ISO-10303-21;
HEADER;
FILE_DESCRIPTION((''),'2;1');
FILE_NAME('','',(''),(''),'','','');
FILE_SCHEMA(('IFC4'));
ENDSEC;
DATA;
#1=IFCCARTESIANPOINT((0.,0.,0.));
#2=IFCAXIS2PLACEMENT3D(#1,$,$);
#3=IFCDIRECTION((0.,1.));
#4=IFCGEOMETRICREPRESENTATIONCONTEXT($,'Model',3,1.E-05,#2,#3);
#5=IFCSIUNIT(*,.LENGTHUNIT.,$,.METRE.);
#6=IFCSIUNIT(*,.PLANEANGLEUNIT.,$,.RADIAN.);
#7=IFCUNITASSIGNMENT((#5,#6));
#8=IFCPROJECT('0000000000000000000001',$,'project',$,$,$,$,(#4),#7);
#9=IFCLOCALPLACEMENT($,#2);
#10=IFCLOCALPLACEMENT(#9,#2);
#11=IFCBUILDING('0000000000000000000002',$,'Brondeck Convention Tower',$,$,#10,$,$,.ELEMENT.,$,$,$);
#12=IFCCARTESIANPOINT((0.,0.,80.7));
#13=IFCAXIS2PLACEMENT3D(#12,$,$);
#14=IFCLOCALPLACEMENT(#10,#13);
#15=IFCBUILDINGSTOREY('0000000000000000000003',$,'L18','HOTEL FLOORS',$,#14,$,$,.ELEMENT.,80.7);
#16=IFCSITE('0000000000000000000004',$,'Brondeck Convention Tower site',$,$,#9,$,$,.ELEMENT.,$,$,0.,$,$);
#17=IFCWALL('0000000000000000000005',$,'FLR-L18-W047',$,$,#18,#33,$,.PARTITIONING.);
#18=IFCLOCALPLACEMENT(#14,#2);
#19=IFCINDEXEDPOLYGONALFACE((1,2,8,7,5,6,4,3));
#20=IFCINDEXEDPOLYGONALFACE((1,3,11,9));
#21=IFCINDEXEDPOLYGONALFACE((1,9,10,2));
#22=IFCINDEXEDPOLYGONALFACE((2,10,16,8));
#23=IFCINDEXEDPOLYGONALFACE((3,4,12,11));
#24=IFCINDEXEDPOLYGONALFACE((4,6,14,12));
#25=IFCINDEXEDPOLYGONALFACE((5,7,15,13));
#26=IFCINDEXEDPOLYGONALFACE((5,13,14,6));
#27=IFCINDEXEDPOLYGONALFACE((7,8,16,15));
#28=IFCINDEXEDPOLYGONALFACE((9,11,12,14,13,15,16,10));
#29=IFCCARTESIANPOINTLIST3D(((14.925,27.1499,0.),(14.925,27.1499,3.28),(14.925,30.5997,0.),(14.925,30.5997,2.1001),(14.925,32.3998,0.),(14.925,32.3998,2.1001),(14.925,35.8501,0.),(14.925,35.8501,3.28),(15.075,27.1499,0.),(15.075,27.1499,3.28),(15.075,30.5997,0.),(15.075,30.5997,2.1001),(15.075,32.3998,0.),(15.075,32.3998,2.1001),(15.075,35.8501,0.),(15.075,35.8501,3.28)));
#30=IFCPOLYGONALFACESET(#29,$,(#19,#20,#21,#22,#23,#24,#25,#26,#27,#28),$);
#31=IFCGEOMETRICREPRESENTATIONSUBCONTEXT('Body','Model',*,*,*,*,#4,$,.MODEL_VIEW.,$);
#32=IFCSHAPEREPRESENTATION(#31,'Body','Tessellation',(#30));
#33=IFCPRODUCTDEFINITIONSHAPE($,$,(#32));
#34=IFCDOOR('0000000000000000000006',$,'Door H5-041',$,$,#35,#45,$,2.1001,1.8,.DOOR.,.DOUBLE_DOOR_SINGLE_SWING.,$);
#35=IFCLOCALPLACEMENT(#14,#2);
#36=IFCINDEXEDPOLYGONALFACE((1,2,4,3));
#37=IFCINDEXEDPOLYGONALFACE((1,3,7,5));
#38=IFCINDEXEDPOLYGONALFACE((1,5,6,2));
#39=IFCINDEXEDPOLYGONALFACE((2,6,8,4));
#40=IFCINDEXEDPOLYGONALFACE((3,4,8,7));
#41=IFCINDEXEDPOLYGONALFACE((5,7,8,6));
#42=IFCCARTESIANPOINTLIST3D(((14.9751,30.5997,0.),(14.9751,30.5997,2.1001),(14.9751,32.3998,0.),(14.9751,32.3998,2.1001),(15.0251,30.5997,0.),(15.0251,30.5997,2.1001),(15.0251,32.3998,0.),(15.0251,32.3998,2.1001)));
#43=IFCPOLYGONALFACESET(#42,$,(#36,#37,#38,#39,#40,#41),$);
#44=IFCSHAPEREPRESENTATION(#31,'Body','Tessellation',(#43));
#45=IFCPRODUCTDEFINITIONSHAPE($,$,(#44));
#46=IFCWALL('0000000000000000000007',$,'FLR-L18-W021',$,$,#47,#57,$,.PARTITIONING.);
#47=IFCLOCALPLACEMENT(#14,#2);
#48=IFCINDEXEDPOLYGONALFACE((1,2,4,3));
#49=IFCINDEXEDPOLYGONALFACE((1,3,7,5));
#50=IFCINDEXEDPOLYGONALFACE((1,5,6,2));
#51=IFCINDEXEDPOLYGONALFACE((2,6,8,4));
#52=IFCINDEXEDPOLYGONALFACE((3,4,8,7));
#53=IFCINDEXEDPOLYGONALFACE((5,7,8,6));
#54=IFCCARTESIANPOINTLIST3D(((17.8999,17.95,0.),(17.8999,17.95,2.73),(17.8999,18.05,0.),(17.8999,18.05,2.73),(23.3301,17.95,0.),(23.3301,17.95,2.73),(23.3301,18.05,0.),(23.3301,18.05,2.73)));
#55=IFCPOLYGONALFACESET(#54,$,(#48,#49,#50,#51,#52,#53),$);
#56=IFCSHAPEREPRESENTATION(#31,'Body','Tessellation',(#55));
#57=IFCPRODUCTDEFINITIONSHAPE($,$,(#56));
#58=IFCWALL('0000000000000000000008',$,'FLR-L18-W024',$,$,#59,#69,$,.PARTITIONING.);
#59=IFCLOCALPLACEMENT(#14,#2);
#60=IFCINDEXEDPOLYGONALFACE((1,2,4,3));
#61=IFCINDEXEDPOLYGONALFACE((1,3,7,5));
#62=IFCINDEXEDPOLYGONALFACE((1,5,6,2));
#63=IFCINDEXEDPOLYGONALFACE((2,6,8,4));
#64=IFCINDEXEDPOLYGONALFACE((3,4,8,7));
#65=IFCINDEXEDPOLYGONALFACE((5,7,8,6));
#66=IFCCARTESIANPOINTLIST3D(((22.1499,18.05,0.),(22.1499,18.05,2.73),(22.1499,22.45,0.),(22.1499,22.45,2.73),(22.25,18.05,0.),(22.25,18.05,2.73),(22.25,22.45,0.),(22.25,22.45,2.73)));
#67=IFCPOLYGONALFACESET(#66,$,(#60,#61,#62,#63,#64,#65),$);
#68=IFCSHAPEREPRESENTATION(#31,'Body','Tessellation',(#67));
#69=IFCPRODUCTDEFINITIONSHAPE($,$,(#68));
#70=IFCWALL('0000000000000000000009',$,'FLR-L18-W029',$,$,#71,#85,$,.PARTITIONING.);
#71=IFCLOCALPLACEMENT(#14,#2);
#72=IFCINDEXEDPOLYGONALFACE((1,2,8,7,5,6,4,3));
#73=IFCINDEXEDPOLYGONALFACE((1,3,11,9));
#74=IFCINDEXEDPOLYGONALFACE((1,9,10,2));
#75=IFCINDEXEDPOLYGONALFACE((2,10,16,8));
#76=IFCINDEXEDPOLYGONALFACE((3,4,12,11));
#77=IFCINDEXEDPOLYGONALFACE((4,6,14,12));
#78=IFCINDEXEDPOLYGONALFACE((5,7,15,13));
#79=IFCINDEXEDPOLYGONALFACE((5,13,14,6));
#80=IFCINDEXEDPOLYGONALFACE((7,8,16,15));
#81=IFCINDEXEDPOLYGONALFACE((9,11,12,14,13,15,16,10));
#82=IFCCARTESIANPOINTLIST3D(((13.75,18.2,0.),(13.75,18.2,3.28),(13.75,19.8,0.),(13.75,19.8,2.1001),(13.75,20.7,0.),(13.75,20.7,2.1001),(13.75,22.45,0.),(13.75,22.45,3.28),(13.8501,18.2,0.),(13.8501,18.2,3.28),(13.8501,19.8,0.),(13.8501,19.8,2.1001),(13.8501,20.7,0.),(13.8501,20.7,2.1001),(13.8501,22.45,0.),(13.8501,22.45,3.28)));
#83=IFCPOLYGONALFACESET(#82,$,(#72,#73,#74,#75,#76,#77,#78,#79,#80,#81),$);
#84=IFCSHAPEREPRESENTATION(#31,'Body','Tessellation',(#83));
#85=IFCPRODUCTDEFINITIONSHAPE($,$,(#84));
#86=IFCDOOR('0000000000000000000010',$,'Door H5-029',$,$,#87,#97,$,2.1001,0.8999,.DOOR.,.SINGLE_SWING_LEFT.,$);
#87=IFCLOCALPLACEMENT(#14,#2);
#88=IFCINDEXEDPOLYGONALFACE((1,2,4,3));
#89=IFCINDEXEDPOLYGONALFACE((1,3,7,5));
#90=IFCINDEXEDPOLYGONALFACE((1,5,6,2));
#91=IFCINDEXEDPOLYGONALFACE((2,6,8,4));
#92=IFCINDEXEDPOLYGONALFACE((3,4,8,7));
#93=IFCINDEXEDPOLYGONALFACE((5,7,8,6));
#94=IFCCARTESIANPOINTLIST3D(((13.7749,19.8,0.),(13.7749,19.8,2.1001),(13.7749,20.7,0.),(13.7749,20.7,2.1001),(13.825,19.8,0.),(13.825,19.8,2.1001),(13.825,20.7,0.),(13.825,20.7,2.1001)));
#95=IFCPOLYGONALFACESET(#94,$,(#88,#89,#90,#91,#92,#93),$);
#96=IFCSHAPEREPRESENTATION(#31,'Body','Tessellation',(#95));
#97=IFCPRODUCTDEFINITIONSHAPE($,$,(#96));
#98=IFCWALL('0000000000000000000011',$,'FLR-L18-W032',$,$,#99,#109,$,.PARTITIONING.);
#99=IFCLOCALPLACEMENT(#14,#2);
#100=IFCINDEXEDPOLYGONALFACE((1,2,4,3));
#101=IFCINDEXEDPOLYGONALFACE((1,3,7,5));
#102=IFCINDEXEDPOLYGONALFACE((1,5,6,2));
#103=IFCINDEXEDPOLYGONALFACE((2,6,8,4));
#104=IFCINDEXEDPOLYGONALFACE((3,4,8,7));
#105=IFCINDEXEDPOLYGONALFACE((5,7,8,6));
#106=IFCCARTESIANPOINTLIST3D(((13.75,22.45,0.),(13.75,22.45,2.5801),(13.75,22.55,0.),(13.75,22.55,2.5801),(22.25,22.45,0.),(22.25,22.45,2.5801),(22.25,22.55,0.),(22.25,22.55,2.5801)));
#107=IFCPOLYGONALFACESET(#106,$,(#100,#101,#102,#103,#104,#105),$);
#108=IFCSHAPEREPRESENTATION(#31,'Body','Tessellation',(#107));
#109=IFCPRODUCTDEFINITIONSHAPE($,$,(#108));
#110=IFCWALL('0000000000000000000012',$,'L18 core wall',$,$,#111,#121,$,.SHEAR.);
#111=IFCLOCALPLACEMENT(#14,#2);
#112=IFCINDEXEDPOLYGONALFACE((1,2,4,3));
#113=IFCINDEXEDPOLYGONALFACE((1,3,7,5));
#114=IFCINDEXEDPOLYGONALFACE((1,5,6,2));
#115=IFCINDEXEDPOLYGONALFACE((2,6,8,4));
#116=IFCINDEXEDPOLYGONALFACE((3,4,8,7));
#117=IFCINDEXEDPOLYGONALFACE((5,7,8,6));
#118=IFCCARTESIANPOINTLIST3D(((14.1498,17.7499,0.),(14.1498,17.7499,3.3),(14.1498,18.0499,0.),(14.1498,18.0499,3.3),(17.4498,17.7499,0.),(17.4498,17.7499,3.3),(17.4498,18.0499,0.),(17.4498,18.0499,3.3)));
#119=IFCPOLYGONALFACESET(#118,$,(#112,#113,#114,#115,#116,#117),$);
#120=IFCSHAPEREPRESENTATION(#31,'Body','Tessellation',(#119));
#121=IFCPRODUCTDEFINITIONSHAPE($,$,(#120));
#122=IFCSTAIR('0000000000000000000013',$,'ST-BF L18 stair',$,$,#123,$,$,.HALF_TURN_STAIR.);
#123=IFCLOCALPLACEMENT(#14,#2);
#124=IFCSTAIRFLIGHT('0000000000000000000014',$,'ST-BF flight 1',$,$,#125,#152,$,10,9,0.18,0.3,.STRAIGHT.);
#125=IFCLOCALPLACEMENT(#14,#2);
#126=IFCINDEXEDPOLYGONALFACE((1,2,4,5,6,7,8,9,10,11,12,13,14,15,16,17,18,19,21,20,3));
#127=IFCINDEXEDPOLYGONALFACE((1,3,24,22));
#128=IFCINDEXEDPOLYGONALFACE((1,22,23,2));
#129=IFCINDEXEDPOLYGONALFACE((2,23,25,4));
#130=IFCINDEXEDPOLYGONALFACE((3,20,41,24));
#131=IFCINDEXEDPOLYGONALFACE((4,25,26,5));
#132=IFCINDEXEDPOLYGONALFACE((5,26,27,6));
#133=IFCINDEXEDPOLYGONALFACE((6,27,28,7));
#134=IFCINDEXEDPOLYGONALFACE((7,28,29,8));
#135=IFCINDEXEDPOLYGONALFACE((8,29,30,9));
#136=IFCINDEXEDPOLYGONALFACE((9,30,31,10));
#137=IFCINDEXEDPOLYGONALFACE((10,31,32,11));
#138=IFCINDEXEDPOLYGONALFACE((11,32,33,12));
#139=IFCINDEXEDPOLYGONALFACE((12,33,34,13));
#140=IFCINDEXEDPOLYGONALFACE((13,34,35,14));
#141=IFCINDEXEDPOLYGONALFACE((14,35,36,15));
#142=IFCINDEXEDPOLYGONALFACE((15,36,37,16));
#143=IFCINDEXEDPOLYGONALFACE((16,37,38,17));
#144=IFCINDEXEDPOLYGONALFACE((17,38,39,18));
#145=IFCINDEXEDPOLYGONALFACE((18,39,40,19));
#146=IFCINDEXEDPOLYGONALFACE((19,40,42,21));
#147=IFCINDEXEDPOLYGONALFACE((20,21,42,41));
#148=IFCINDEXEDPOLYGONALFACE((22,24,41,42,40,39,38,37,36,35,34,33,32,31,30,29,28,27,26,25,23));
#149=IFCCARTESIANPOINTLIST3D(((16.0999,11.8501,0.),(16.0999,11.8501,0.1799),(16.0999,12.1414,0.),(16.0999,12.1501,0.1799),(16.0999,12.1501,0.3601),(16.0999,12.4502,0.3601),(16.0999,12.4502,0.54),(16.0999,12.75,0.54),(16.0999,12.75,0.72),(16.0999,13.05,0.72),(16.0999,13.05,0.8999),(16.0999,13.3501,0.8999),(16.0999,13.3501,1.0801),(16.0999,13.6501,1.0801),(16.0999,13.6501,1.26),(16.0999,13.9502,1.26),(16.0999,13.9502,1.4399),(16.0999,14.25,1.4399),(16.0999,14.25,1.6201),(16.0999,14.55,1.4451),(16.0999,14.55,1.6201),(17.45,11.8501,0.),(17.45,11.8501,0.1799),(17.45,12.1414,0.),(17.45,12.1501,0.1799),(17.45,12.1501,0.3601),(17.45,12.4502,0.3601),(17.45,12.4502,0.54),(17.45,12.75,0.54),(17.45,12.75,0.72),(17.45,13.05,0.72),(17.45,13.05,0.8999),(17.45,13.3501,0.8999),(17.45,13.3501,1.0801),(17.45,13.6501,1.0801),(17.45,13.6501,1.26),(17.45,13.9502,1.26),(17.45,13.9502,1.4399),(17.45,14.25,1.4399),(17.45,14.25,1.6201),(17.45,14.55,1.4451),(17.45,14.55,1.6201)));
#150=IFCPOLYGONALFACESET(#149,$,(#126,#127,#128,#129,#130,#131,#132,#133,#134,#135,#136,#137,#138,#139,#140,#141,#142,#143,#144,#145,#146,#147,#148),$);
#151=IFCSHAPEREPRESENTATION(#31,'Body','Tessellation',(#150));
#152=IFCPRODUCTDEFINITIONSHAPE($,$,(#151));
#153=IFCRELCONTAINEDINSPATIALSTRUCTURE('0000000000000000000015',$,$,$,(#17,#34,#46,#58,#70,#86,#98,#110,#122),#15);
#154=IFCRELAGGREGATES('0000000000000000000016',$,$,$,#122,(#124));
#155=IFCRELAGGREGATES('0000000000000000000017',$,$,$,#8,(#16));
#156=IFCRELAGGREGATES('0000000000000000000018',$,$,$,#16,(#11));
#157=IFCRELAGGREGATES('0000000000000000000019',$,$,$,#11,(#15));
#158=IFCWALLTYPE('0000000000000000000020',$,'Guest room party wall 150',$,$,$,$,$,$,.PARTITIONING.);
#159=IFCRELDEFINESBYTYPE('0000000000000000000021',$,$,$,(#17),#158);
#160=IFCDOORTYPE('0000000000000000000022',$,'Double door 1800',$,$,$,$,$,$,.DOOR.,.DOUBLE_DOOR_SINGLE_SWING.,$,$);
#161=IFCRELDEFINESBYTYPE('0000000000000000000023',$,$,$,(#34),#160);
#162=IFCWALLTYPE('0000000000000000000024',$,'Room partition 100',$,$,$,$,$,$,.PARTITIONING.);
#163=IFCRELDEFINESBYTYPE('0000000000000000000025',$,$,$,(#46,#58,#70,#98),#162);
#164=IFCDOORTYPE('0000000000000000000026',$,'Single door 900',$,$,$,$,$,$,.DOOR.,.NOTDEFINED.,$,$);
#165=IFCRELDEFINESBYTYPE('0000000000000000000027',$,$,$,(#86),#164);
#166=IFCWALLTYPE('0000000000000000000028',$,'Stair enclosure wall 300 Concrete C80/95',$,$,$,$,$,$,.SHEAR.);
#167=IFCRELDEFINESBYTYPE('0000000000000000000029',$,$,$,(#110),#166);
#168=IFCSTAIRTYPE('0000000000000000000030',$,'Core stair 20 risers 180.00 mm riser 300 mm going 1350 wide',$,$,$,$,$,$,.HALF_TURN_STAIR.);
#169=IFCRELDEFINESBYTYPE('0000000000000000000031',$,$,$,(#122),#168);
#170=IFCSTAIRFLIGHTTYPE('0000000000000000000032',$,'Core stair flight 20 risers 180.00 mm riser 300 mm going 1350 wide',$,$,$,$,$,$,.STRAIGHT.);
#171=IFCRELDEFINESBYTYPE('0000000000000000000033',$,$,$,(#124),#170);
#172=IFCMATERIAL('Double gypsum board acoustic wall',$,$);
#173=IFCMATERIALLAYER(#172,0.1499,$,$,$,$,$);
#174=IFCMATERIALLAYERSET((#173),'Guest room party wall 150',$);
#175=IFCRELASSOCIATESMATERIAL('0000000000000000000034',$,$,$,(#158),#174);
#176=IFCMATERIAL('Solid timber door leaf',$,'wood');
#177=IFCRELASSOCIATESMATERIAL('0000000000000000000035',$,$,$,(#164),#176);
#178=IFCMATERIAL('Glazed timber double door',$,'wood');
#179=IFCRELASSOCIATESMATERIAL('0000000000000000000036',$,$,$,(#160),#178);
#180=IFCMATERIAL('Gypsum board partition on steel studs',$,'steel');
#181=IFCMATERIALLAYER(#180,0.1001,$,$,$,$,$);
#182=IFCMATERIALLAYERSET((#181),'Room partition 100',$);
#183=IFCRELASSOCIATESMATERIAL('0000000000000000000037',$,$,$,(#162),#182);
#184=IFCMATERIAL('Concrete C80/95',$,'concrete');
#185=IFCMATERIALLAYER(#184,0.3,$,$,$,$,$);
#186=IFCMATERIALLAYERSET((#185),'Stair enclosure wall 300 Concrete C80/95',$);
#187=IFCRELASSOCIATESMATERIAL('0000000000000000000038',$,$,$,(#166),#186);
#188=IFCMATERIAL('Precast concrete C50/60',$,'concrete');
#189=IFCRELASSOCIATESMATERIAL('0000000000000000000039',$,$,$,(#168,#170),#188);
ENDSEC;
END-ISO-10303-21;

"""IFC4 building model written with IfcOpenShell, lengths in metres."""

from ifc_helpers import new_model, si_unit, direction, frame, frame_2d, origin, place, context, subcontext, project, spatial, polyline, rectangle, outline, extrude, material, layer, layer_set, type_object, element, fill, aggregate, save


model = new_model("IFC4")

# Units and contexts
model_context = context("Model", 3, precision=1e-05, world=origin(), true_north=direction((0.0, 1.0)))
body_context = subcontext(model_context, "Body", "Model", "MODEL_VIEW")
ifc_project = project(units=[si_unit("LENGTHUNIT", "METRE"), si_unit("PLANEANGLEUNIT", "RADIAN")], contexts=[model_context])

# Site, building, storey
site_placement = place(None, origin())
site = spatial("IfcSite", under=ifc_project, at=site_placement, Name="Brondeck Convention Tower site", CompositionType="ELEMENT", RefElevation=0.0)
building_placement = place(site_placement, origin())
building = spatial("IfcBuilding", under=site, at=building_placement, Name="Brondeck Convention Tower", CompositionType="ELEMENT")
storey_placement = place(building_placement, frame((0.0, 0.0, 80.7)))
storey = spatial("IfcBuildingStorey", under=building, at=storey_placement, Name="L18", Description="HOTEL FLOORS", CompositionType="ELEMENT", Elevation=80.7)

# Shared definitions
ifc_material_1 = material(Name="Concrete C80/95", Category="concrete")

# Shared definitions
ifc_material_2 = material(Name="Double gypsum board acoustic wall")
ifc_layer_1 = layer(ifc_material_2, 0.1499)
ifc_layer_set_1 = layer_set([ifc_layer_1], Name="Guest room party wall 150")
wall_type_1 = type_object("IfcWallType", Name="Guest room party wall 150", PredefinedType="PARTITIONING", material=ifc_layer_set_1)
ifc_material_3 = material(Name="Solid timber door leaf", Category="wood")
door_type_1 = type_object("IfcDoorType", Name="Single door 900", OperationType="NOTDEFINED", PredefinedType="DOOR", material=ifc_material_3)

# Wall, opening, door
wall_1_placement = place(storey_placement, frame((15.0, 27.1499, 0.0), z_axis=(0.0, 0.0, 1.0), x_axis=(0.0, 1.0, 0.0)))
wall_1 = element("IfcWall", 1, at=wall_1_placement, inside=storey, type_object=wall_type_1, Name="FLR-L18-W047", PredefinedType="PARTITIONING", context=body_context, shape_type="SweptSolid", body=[
    extrude(rectangle(XDim=8.7002, YDim=0.1499, at=frame_2d((4.3501, 0.0))), origin(), (0.0, 0.0, 1.0), 3.28),
])
opening_1_placement = place(wall_1_placement, frame((3.45, 0.0, 0.0)))
opening_1 = element("IfcOpeningElement", 2, at=opening_1_placement, cuts=wall_1, PredefinedType="OPENING", context=body_context, shape_type="SweptSolid", body=[
    extrude(rectangle(XDim=1.8, YDim=2.1001, at=frame_2d((0.8999, 1.05))), frame((0.0, 0.085, 0.0), z_axis=(0.0, -1.0, 0.0), x_axis=(1.0, 0.0, 0.0)), (0.0, 0.0, 1.0), 0.1699),
])
ifc_material_4 = material(Name="Glazed timber double door", Category="wood")
door_type_2 = type_object("IfcDoorType", Name="Double door 1800", OperationType="DOUBLE_DOOR_SINGLE_SWING", PredefinedType="DOOR", material=ifc_material_4)
door_1_placement = place(opening_1_placement, origin())
door_1 = element("IfcDoor", 3, at=door_1_placement, inside=storey, type_object=door_type_2, Name="Door H5-041", OperationType="DOUBLE_DOOR_SINGLE_SWING", OverallHeight=2.1001, OverallWidth=1.8, PredefinedType="DOOR", context=body_context, shape_type="SweptSolid", body=[
    extrude(rectangle(XDim=1.8, YDim=2.1001, at=frame_2d((0.8999, 1.05))), frame((0.0, 0.0249, 0.0), z_axis=(0.0, -1.0, 0.0), x_axis=(1.0, 0.0, 0.0)), (0.0, 0.0, 1.0), 0.05),
])
fill(opening_1, door_1)

# Walls
ifc_material_5 = material(Name="Gypsum board partition on steel studs", Category="steel")
ifc_layer_2 = layer(ifc_material_5, 0.1001)
ifc_layer_set_2 = layer_set([ifc_layer_2], Name="Room partition 100")
wall_type_2 = type_object("IfcWallType", Name="Room partition 100", PredefinedType="PARTITIONING", material=ifc_layer_set_2)
wall_2_placement = place(storey_placement, frame((23.3301, 18.0, 0.0), z_axis=(0.0, 0.0, 1.0), x_axis=(-1.0, 0.0, 0.0)))
element("IfcWall", 4, at=wall_2_placement, inside=storey, type_object=wall_type_2, Name="FLR-L18-W021", PredefinedType="PARTITIONING", context=body_context, shape_type="SweptSolid", body=[
    extrude(rectangle(XDim=5.4302, YDim=0.1001, at=frame_2d((2.7151, 0.0))), origin(), (0.0, 0.0, 1.0), 2.73),
])
wall_3_placement = place(storey_placement, frame((22.2, 18.05, 0.0), z_axis=(0.0, 0.0, 1.0), x_axis=(0.0, 1.0, 0.0)))
element("IfcWall", 5, at=wall_3_placement, inside=storey, type_object=wall_type_2, Name="FLR-L18-W024", PredefinedType="PARTITIONING", context=body_context, shape_type="SweptSolid", body=[
    extrude(rectangle(XDim=4.3999, YDim=0.1001, at=frame_2d((2.2, 0.0))), origin(), (0.0, 0.0, 1.0), 2.73),
])

# Wall, opening, door
wall_4_placement = place(storey_placement, frame((13.8, 22.45, 0.0), z_axis=(0.0, 0.0, 1.0), x_axis=(0.0, -1.0, 0.0)))
wall_4 = element("IfcWall", 6, at=wall_4_placement, inside=storey, type_object=wall_type_2, Name="FLR-L18-W029", PredefinedType="PARTITIONING", context=body_context, shape_type="SweptSolid", body=[
    extrude(rectangle(XDim=4.25, YDim=0.1001, at=frame_2d((2.125, 0.0))), origin(), (0.0, 0.0, 1.0), 3.28),
])
opening_2_placement = place(wall_4_placement, frame((1.75, 0.0, 0.0)))
opening_2 = element("IfcOpeningElement", 7, at=opening_2_placement, cuts=wall_4, PredefinedType="OPENING", context=body_context, shape_type="SweptSolid", body=[
    extrude(rectangle(XDim=0.8999, YDim=2.1001, at=frame_2d((0.45, 1.05))), frame((0.0, 0.0601, 0.0), z_axis=(0.0, -1.0, 0.0), x_axis=(1.0, 0.0, 0.0)), (0.0, 0.0, 1.0), 0.1201),
])
door_2_placement = place(opening_2_placement, origin())
door_2 = element("IfcDoor", 8, at=door_2_placement, inside=storey, type_object=door_type_1, Name="Door H5-029", OperationType="SINGLE_SWING_LEFT", OverallHeight=2.1001, OverallWidth=0.8999, PredefinedType="DOOR", context=body_context, shape_type="SweptSolid", body=[
    extrude(rectangle(XDim=0.8999, YDim=2.1001, at=frame_2d((0.45, 1.05))), frame((0.0, 0.0249, 0.0), z_axis=(0.0, -1.0, 0.0), x_axis=(1.0, 0.0, 0.0)), (0.0, 0.0, 1.0), 0.05),
])
fill(opening_2, door_2)

# Walls
wall_5_placement = place(storey_placement, frame((22.25, 22.5, 0.0), z_axis=(0.0, 0.0, 1.0), x_axis=(-1.0, 0.0, 0.0)))
element("IfcWall", 9, at=wall_5_placement, inside=storey, type_object=wall_type_2, Name="FLR-L18-W032", PredefinedType="PARTITIONING", context=body_context, shape_type="SweptSolid", body=[
    extrude(rectangle(XDim=8.5, YDim=0.1001, at=frame_2d((4.25, 0.0))), origin(), (0.0, 0.0, 1.0), 2.5801),
])
ifc_layer_3 = layer(ifc_material_1, 0.3)
ifc_layer_set_3 = layer_set([ifc_layer_3], Name="Stair enclosure wall 300 Concrete C80/95")
wall_type_3 = type_object("IfcWallType", Name="Stair enclosure wall 300 Concrete C80/95", PredefinedType="SHEAR", material=ifc_layer_set_3)
wall_6_placement = place(storey_placement, frame((14.1499, 17.8999, 0.0), z_axis=(0.0, 0.0, 1.0), x_axis=(1.0, 0.0, 0.0)))
element("IfcWall", 10, at=wall_6_placement, inside=storey, type_object=wall_type_3, Name="L18 core wall", PredefinedType="SHEAR", context=body_context, shape_type="SweptSolid", body=[
    extrude(rectangle(XDim=3.3, YDim=0.3, at=frame_2d((1.6499, 0.0))), origin(), (0.0, 0.0, 1.0), 3.3),
])

# Stair, stair flight
ifc_material_6 = material(Name="Precast concrete C50/60", Category="concrete")
stair_type = type_object("IfcStairType", Name="Core stair 20 risers 180.00 mm riser 300 mm going 1350 wide", PredefinedType="HALF_TURN_STAIR", material=ifc_material_6)
stair_placement = place(storey_placement, origin())
stair = element("IfcStair", 11, at=stair_placement, inside=storey, type_object=stair_type, Name="ST-BF L18 stair", PredefinedType="HALF_TURN_STAIR")
stair_flight_type = type_object("IfcStairFlightType", Name="Core stair flight 20 risers 180.00 mm riser 300 mm going 1350 wide", PredefinedType="STRAIGHT", material=ifc_material_6)
stair_flight_1_placement = place(storey_placement, frame((16.7749, 11.8501, 0.0), z_axis=(0.0, 0.0, 1.0), x_axis=(0.0, 1.0, 0.0)))
stair_flight_1 = element("IfcStairFlight", 12, at=stair_flight_1_placement, type_object=stair_flight_type, Name="ST-BF flight 1", NumberOfRisers=10, NumberOfTreads=9, PredefinedType="STRAIGHT", RiserHeight=0.18, TreadLength=0.3, context=body_context, shape_type="SweptSolid", body=[
    extrude(outline(polyline([(0.0, 0.0), (0.0, 0.1799), (0.3, 0.1799), (0.3, 0.3601), (0.6001, 0.3601), (0.6001, 0.54), (0.8999, 0.54), (0.8999, 0.72), (1.2, 0.72), (1.2, 0.8999), (1.5, 0.8999), (1.5, 1.0801), (1.8, 1.0801), (1.8, 1.26), (2.1001, 1.26), (2.1001, 1.4399), (2.3999, 1.4399), (2.3999, 1.6201), (2.7, 1.6201), (2.7, 1.8), (2.7, 1.4451), (0.2913, 0.0), (0.0, 0.0)])), frame((0.0, 0.675, 0.0), z_axis=(0.0, -1.0, 0.0), x_axis=(1.0, 0.0, 0.0)), (0.0, 0.0, 1.0), 1.3501),
])
aggregate(stair, [stair_flight_1])

save(model, "model.ifc")
